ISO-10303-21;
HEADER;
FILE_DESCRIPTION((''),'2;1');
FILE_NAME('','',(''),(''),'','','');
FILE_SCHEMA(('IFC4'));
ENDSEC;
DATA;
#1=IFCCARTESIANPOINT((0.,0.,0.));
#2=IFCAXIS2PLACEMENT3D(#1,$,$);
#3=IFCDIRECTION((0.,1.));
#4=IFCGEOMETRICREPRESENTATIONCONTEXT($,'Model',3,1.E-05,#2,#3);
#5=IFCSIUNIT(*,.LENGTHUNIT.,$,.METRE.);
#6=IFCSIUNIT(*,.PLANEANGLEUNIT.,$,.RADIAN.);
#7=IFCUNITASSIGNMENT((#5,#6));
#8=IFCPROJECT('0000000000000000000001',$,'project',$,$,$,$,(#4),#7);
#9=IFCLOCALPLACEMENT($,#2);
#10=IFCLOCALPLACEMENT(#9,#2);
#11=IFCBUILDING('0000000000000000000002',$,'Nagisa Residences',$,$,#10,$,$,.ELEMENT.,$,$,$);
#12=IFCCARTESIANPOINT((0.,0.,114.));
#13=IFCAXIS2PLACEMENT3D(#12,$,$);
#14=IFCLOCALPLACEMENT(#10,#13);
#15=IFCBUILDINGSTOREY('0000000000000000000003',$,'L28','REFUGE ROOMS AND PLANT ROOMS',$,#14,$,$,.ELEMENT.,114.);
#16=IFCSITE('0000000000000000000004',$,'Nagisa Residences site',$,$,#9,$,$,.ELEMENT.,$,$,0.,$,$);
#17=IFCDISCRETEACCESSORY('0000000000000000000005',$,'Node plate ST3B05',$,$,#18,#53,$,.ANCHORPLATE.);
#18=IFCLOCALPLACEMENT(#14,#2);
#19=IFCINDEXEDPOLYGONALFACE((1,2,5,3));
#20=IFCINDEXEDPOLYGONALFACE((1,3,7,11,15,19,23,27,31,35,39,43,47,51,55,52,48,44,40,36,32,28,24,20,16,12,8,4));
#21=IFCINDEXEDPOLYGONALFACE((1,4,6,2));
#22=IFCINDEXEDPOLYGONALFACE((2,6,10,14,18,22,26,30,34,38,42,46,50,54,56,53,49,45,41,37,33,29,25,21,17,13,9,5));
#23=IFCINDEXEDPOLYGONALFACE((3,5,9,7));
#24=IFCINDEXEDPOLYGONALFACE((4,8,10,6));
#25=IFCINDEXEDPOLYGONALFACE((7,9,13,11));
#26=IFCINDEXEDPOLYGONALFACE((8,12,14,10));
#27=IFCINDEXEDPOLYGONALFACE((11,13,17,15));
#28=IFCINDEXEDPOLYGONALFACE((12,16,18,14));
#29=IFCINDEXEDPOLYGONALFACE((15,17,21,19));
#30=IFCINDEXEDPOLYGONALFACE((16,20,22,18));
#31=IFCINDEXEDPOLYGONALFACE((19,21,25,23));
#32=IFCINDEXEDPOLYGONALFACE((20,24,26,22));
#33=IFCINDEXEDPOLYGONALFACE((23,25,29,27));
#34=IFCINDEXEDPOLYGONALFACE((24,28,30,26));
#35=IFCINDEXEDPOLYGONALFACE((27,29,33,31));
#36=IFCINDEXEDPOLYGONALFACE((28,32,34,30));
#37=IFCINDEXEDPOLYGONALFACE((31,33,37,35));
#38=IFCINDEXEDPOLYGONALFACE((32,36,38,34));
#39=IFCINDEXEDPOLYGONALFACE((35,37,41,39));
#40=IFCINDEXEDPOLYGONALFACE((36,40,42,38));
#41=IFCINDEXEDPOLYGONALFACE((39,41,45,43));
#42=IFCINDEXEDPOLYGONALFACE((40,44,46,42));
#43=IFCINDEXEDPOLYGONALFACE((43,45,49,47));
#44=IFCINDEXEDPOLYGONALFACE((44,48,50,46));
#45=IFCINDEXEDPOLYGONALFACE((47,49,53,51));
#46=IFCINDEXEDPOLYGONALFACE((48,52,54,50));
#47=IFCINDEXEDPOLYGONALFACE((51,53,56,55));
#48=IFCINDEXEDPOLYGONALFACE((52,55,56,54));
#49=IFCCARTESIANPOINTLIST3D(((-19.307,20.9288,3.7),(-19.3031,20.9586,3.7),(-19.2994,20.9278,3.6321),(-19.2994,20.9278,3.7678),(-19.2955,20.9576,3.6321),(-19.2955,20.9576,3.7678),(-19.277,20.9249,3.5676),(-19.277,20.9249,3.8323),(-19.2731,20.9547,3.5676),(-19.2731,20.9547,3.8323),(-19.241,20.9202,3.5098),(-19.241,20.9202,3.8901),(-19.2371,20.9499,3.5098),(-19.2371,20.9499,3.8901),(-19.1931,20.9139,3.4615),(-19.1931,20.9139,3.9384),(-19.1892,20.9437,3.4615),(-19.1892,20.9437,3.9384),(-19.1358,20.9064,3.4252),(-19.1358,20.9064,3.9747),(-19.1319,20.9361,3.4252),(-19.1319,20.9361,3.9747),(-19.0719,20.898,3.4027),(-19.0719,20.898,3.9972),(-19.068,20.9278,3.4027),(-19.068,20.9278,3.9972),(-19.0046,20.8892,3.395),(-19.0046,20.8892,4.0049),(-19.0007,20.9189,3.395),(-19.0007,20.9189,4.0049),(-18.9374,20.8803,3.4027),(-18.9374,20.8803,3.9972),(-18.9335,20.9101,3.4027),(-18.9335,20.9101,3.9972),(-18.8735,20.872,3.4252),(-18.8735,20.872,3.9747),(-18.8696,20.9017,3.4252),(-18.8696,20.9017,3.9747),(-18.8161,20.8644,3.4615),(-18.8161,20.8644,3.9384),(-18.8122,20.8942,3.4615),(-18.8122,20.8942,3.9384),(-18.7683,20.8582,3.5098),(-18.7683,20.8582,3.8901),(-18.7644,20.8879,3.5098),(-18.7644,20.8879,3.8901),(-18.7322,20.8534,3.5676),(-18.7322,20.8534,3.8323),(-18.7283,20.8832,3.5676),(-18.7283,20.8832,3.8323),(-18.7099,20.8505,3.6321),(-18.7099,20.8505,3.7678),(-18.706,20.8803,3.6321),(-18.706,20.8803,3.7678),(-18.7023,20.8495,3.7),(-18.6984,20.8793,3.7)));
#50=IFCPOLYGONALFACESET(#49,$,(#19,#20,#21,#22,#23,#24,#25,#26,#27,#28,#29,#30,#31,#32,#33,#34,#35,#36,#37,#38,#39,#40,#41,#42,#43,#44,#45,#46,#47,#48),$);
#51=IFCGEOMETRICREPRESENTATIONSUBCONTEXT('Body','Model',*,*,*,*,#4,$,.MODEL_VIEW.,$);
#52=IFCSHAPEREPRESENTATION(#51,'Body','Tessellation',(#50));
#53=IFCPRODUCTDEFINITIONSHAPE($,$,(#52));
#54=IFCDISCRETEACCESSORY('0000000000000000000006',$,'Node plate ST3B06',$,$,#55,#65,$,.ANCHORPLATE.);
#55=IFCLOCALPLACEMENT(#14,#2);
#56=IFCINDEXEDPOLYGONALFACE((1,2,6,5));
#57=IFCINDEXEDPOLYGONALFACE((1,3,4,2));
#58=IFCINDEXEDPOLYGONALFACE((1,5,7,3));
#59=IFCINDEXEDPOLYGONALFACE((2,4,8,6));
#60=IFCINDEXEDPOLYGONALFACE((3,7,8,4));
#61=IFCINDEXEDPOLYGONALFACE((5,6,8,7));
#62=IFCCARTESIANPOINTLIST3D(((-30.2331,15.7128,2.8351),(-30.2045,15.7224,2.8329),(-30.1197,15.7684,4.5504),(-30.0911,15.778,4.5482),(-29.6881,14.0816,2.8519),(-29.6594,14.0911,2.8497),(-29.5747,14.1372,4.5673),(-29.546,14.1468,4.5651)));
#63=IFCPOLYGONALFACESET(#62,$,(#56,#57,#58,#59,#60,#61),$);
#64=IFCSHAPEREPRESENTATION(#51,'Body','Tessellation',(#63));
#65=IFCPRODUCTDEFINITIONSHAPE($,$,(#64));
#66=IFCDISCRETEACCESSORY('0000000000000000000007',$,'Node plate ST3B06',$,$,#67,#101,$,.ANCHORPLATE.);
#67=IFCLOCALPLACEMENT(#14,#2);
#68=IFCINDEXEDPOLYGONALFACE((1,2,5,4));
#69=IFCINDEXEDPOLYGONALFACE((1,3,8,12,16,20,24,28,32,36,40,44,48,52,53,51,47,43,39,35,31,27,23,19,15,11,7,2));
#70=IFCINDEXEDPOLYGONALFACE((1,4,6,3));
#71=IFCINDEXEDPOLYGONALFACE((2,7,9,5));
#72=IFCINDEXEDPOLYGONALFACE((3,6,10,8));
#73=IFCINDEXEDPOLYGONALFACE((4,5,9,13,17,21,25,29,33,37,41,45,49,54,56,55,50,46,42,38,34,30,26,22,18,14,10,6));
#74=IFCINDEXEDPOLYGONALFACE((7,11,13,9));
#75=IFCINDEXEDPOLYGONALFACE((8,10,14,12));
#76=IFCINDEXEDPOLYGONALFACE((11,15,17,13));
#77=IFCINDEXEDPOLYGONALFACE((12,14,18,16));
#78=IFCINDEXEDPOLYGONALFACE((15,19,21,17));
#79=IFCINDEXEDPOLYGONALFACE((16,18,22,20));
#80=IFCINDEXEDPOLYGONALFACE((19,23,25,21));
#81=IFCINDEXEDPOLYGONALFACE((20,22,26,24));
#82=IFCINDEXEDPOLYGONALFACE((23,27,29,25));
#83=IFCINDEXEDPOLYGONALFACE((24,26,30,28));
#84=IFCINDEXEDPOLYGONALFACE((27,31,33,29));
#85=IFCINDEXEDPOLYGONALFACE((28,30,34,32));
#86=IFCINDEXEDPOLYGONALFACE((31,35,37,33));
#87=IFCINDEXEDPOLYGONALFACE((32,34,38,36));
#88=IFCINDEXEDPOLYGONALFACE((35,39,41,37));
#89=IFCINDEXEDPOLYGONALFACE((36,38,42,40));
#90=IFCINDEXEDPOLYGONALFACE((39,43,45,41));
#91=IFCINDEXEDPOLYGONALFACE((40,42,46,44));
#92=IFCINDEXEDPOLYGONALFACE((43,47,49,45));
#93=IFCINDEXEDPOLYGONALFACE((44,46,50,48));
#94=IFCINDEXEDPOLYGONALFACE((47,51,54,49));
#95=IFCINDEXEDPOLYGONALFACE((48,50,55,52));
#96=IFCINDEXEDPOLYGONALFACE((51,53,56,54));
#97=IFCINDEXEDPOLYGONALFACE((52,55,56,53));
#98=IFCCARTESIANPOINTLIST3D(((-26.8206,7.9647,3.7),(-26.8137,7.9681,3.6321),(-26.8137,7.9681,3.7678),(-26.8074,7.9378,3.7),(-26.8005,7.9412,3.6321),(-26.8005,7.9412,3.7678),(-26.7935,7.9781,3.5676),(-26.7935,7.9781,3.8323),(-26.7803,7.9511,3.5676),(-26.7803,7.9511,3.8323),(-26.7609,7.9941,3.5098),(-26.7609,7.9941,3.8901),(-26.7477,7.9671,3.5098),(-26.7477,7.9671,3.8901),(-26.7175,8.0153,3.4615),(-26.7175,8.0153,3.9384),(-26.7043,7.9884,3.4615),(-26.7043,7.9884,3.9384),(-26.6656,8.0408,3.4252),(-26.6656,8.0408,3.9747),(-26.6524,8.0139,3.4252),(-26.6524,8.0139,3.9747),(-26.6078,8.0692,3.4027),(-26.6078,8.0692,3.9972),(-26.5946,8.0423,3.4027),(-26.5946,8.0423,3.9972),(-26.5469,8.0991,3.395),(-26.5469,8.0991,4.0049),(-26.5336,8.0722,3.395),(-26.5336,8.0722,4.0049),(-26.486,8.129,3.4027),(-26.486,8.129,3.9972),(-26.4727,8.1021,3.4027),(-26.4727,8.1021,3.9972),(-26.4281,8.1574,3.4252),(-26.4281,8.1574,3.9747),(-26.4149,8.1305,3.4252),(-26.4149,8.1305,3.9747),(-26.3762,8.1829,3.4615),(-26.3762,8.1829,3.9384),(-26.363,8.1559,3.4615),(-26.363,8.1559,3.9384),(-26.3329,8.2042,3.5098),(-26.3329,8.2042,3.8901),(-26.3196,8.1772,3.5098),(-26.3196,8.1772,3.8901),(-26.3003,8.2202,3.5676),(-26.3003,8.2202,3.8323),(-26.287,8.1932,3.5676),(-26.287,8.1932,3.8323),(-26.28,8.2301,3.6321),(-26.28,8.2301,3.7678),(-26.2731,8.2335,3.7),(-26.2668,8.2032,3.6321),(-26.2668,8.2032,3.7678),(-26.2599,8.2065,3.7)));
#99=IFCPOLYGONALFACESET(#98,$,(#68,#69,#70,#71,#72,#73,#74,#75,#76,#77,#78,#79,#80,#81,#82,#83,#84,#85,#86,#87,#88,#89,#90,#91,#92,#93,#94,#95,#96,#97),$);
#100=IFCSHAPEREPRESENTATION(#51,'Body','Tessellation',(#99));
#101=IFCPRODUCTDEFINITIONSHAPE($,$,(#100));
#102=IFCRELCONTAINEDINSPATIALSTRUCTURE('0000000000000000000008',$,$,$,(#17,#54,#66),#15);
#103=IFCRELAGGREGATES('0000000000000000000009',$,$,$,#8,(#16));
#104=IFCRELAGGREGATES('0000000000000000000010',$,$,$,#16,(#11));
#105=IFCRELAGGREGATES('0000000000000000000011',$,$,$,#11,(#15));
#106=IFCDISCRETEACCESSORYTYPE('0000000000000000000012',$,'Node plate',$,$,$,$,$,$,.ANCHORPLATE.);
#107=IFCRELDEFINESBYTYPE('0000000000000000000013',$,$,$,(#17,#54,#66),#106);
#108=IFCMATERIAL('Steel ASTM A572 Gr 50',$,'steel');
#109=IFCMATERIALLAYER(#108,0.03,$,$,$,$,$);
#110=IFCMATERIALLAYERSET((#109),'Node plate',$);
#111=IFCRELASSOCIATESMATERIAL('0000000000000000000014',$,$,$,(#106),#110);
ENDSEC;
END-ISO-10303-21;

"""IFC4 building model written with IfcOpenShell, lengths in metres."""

from ifc_helpers import new_model, si_unit, direction, frame, origin, origin_2d, place, context, subcontext, project, spatial, rectangle, circle, extrude, material, layer, layer_set, type_object, element, save


model = new_model("IFC4")

# Units and contexts
model_context = context("Model", 3, precision=1e-05, world=origin(), true_north=direction((0.0, 1.0)))
body_context = subcontext(model_context, "Body", "Model", "MODEL_VIEW")
ifc_project = project(units=[si_unit("LENGTHUNIT", "METRE"), si_unit("PLANEANGLEUNIT", "RADIAN")], contexts=[model_context])

# Site, building, storey
site_placement = place(None, origin())
site = spatial("IfcSite", under=ifc_project, at=site_placement, Name="Nagisa Residences site", CompositionType="ELEMENT", RefElevation=0.0)
building_placement = place(site_placement, origin())
building = spatial("IfcBuilding", under=site, at=building_placement, Name="Nagisa Residences", CompositionType="ELEMENT")
storey_placement = place(building_placement, frame((0.0, 0.0, 114.0)))
storey = spatial("IfcBuildingStorey", under=building, at=storey_placement, Name="L28", Description="REFUGE ROOMS AND PLANT ROOMS", CompositionType="ELEMENT", Elevation=114.0)

# Discrete accessories
ifc_material_1 = material(Name="Steel ASTM A572 Gr 50", Category="steel")
ifc_layer = layer(ifc_material_1, 0.03)
ifc_layer_set = layer_set([ifc_layer], Name="Node plate")
discrete_accessory_type = type_object("IfcDiscreteAccessoryType", Name="Node plate", PredefinedType="ANCHORPLATE", material=ifc_layer_set)
for number, where, z_axis, x_axis, name in (
    (1, (-19.0007, 20.9189, 3.7), (-0.130034, -0.99151, 0.0), (0.99151, -0.130034, 0.0), "Node plate ST3B05"),
):
    element("IfcDiscreteAccessory", number, at=place(storey_placement, frame(where, z_axis=z_axis, x_axis=x_axis)), inside=storey, type_object=discrete_accessory_type, Name=name, PredefinedType="ANCHORPLATE", context=body_context, shape_type="SweptSolid", body=[
        extrude(circle(Radius=0.3049, at=origin_2d()), origin(), (0.0, 0.0, 1.0), 0.03),
    ])
discrete_accessory_1_placement = place(storey_placement, frame((-29.8752, 14.9346, 3.699), z_axis=(-0.946167, -0.315389, 0.072782), x_axis=(0.316891, -0.948412, 0.009794)))
element("IfcDiscreteAccessory", 2, at=discrete_accessory_1_placement, inside=storey, type_object=discrete_accessory_type, Name="Node plate ST3B06", PredefinedType="ANCHORPLATE", context=body_context, shape_type="SweptSolid", body=[
    extrude(rectangle(XDim=1.72, YDim=1.72, at=origin_2d()), origin(), (0.0, 0.0, 1.0), 0.0303),
])
discrete_accessory_2_placement = place(storey_placement, frame((-26.5469, 8.0991, 3.7), z_axis=(0.440673, -0.897668, 0.0), x_axis=(0.897668, 0.440673, 0.0)))
element("IfcDiscreteAccessory", 3, at=discrete_accessory_2_placement, inside=storey, type_object=discrete_accessory_type, Name="Node plate ST3B06", PredefinedType="ANCHORPLATE", context=body_context, shape_type="SweptSolid", body=[
    extrude(circle(Radius=0.3049, at=origin_2d()), origin(), (0.0, 0.0, 1.0), 0.03),
])

save(model, "model.ifc")
